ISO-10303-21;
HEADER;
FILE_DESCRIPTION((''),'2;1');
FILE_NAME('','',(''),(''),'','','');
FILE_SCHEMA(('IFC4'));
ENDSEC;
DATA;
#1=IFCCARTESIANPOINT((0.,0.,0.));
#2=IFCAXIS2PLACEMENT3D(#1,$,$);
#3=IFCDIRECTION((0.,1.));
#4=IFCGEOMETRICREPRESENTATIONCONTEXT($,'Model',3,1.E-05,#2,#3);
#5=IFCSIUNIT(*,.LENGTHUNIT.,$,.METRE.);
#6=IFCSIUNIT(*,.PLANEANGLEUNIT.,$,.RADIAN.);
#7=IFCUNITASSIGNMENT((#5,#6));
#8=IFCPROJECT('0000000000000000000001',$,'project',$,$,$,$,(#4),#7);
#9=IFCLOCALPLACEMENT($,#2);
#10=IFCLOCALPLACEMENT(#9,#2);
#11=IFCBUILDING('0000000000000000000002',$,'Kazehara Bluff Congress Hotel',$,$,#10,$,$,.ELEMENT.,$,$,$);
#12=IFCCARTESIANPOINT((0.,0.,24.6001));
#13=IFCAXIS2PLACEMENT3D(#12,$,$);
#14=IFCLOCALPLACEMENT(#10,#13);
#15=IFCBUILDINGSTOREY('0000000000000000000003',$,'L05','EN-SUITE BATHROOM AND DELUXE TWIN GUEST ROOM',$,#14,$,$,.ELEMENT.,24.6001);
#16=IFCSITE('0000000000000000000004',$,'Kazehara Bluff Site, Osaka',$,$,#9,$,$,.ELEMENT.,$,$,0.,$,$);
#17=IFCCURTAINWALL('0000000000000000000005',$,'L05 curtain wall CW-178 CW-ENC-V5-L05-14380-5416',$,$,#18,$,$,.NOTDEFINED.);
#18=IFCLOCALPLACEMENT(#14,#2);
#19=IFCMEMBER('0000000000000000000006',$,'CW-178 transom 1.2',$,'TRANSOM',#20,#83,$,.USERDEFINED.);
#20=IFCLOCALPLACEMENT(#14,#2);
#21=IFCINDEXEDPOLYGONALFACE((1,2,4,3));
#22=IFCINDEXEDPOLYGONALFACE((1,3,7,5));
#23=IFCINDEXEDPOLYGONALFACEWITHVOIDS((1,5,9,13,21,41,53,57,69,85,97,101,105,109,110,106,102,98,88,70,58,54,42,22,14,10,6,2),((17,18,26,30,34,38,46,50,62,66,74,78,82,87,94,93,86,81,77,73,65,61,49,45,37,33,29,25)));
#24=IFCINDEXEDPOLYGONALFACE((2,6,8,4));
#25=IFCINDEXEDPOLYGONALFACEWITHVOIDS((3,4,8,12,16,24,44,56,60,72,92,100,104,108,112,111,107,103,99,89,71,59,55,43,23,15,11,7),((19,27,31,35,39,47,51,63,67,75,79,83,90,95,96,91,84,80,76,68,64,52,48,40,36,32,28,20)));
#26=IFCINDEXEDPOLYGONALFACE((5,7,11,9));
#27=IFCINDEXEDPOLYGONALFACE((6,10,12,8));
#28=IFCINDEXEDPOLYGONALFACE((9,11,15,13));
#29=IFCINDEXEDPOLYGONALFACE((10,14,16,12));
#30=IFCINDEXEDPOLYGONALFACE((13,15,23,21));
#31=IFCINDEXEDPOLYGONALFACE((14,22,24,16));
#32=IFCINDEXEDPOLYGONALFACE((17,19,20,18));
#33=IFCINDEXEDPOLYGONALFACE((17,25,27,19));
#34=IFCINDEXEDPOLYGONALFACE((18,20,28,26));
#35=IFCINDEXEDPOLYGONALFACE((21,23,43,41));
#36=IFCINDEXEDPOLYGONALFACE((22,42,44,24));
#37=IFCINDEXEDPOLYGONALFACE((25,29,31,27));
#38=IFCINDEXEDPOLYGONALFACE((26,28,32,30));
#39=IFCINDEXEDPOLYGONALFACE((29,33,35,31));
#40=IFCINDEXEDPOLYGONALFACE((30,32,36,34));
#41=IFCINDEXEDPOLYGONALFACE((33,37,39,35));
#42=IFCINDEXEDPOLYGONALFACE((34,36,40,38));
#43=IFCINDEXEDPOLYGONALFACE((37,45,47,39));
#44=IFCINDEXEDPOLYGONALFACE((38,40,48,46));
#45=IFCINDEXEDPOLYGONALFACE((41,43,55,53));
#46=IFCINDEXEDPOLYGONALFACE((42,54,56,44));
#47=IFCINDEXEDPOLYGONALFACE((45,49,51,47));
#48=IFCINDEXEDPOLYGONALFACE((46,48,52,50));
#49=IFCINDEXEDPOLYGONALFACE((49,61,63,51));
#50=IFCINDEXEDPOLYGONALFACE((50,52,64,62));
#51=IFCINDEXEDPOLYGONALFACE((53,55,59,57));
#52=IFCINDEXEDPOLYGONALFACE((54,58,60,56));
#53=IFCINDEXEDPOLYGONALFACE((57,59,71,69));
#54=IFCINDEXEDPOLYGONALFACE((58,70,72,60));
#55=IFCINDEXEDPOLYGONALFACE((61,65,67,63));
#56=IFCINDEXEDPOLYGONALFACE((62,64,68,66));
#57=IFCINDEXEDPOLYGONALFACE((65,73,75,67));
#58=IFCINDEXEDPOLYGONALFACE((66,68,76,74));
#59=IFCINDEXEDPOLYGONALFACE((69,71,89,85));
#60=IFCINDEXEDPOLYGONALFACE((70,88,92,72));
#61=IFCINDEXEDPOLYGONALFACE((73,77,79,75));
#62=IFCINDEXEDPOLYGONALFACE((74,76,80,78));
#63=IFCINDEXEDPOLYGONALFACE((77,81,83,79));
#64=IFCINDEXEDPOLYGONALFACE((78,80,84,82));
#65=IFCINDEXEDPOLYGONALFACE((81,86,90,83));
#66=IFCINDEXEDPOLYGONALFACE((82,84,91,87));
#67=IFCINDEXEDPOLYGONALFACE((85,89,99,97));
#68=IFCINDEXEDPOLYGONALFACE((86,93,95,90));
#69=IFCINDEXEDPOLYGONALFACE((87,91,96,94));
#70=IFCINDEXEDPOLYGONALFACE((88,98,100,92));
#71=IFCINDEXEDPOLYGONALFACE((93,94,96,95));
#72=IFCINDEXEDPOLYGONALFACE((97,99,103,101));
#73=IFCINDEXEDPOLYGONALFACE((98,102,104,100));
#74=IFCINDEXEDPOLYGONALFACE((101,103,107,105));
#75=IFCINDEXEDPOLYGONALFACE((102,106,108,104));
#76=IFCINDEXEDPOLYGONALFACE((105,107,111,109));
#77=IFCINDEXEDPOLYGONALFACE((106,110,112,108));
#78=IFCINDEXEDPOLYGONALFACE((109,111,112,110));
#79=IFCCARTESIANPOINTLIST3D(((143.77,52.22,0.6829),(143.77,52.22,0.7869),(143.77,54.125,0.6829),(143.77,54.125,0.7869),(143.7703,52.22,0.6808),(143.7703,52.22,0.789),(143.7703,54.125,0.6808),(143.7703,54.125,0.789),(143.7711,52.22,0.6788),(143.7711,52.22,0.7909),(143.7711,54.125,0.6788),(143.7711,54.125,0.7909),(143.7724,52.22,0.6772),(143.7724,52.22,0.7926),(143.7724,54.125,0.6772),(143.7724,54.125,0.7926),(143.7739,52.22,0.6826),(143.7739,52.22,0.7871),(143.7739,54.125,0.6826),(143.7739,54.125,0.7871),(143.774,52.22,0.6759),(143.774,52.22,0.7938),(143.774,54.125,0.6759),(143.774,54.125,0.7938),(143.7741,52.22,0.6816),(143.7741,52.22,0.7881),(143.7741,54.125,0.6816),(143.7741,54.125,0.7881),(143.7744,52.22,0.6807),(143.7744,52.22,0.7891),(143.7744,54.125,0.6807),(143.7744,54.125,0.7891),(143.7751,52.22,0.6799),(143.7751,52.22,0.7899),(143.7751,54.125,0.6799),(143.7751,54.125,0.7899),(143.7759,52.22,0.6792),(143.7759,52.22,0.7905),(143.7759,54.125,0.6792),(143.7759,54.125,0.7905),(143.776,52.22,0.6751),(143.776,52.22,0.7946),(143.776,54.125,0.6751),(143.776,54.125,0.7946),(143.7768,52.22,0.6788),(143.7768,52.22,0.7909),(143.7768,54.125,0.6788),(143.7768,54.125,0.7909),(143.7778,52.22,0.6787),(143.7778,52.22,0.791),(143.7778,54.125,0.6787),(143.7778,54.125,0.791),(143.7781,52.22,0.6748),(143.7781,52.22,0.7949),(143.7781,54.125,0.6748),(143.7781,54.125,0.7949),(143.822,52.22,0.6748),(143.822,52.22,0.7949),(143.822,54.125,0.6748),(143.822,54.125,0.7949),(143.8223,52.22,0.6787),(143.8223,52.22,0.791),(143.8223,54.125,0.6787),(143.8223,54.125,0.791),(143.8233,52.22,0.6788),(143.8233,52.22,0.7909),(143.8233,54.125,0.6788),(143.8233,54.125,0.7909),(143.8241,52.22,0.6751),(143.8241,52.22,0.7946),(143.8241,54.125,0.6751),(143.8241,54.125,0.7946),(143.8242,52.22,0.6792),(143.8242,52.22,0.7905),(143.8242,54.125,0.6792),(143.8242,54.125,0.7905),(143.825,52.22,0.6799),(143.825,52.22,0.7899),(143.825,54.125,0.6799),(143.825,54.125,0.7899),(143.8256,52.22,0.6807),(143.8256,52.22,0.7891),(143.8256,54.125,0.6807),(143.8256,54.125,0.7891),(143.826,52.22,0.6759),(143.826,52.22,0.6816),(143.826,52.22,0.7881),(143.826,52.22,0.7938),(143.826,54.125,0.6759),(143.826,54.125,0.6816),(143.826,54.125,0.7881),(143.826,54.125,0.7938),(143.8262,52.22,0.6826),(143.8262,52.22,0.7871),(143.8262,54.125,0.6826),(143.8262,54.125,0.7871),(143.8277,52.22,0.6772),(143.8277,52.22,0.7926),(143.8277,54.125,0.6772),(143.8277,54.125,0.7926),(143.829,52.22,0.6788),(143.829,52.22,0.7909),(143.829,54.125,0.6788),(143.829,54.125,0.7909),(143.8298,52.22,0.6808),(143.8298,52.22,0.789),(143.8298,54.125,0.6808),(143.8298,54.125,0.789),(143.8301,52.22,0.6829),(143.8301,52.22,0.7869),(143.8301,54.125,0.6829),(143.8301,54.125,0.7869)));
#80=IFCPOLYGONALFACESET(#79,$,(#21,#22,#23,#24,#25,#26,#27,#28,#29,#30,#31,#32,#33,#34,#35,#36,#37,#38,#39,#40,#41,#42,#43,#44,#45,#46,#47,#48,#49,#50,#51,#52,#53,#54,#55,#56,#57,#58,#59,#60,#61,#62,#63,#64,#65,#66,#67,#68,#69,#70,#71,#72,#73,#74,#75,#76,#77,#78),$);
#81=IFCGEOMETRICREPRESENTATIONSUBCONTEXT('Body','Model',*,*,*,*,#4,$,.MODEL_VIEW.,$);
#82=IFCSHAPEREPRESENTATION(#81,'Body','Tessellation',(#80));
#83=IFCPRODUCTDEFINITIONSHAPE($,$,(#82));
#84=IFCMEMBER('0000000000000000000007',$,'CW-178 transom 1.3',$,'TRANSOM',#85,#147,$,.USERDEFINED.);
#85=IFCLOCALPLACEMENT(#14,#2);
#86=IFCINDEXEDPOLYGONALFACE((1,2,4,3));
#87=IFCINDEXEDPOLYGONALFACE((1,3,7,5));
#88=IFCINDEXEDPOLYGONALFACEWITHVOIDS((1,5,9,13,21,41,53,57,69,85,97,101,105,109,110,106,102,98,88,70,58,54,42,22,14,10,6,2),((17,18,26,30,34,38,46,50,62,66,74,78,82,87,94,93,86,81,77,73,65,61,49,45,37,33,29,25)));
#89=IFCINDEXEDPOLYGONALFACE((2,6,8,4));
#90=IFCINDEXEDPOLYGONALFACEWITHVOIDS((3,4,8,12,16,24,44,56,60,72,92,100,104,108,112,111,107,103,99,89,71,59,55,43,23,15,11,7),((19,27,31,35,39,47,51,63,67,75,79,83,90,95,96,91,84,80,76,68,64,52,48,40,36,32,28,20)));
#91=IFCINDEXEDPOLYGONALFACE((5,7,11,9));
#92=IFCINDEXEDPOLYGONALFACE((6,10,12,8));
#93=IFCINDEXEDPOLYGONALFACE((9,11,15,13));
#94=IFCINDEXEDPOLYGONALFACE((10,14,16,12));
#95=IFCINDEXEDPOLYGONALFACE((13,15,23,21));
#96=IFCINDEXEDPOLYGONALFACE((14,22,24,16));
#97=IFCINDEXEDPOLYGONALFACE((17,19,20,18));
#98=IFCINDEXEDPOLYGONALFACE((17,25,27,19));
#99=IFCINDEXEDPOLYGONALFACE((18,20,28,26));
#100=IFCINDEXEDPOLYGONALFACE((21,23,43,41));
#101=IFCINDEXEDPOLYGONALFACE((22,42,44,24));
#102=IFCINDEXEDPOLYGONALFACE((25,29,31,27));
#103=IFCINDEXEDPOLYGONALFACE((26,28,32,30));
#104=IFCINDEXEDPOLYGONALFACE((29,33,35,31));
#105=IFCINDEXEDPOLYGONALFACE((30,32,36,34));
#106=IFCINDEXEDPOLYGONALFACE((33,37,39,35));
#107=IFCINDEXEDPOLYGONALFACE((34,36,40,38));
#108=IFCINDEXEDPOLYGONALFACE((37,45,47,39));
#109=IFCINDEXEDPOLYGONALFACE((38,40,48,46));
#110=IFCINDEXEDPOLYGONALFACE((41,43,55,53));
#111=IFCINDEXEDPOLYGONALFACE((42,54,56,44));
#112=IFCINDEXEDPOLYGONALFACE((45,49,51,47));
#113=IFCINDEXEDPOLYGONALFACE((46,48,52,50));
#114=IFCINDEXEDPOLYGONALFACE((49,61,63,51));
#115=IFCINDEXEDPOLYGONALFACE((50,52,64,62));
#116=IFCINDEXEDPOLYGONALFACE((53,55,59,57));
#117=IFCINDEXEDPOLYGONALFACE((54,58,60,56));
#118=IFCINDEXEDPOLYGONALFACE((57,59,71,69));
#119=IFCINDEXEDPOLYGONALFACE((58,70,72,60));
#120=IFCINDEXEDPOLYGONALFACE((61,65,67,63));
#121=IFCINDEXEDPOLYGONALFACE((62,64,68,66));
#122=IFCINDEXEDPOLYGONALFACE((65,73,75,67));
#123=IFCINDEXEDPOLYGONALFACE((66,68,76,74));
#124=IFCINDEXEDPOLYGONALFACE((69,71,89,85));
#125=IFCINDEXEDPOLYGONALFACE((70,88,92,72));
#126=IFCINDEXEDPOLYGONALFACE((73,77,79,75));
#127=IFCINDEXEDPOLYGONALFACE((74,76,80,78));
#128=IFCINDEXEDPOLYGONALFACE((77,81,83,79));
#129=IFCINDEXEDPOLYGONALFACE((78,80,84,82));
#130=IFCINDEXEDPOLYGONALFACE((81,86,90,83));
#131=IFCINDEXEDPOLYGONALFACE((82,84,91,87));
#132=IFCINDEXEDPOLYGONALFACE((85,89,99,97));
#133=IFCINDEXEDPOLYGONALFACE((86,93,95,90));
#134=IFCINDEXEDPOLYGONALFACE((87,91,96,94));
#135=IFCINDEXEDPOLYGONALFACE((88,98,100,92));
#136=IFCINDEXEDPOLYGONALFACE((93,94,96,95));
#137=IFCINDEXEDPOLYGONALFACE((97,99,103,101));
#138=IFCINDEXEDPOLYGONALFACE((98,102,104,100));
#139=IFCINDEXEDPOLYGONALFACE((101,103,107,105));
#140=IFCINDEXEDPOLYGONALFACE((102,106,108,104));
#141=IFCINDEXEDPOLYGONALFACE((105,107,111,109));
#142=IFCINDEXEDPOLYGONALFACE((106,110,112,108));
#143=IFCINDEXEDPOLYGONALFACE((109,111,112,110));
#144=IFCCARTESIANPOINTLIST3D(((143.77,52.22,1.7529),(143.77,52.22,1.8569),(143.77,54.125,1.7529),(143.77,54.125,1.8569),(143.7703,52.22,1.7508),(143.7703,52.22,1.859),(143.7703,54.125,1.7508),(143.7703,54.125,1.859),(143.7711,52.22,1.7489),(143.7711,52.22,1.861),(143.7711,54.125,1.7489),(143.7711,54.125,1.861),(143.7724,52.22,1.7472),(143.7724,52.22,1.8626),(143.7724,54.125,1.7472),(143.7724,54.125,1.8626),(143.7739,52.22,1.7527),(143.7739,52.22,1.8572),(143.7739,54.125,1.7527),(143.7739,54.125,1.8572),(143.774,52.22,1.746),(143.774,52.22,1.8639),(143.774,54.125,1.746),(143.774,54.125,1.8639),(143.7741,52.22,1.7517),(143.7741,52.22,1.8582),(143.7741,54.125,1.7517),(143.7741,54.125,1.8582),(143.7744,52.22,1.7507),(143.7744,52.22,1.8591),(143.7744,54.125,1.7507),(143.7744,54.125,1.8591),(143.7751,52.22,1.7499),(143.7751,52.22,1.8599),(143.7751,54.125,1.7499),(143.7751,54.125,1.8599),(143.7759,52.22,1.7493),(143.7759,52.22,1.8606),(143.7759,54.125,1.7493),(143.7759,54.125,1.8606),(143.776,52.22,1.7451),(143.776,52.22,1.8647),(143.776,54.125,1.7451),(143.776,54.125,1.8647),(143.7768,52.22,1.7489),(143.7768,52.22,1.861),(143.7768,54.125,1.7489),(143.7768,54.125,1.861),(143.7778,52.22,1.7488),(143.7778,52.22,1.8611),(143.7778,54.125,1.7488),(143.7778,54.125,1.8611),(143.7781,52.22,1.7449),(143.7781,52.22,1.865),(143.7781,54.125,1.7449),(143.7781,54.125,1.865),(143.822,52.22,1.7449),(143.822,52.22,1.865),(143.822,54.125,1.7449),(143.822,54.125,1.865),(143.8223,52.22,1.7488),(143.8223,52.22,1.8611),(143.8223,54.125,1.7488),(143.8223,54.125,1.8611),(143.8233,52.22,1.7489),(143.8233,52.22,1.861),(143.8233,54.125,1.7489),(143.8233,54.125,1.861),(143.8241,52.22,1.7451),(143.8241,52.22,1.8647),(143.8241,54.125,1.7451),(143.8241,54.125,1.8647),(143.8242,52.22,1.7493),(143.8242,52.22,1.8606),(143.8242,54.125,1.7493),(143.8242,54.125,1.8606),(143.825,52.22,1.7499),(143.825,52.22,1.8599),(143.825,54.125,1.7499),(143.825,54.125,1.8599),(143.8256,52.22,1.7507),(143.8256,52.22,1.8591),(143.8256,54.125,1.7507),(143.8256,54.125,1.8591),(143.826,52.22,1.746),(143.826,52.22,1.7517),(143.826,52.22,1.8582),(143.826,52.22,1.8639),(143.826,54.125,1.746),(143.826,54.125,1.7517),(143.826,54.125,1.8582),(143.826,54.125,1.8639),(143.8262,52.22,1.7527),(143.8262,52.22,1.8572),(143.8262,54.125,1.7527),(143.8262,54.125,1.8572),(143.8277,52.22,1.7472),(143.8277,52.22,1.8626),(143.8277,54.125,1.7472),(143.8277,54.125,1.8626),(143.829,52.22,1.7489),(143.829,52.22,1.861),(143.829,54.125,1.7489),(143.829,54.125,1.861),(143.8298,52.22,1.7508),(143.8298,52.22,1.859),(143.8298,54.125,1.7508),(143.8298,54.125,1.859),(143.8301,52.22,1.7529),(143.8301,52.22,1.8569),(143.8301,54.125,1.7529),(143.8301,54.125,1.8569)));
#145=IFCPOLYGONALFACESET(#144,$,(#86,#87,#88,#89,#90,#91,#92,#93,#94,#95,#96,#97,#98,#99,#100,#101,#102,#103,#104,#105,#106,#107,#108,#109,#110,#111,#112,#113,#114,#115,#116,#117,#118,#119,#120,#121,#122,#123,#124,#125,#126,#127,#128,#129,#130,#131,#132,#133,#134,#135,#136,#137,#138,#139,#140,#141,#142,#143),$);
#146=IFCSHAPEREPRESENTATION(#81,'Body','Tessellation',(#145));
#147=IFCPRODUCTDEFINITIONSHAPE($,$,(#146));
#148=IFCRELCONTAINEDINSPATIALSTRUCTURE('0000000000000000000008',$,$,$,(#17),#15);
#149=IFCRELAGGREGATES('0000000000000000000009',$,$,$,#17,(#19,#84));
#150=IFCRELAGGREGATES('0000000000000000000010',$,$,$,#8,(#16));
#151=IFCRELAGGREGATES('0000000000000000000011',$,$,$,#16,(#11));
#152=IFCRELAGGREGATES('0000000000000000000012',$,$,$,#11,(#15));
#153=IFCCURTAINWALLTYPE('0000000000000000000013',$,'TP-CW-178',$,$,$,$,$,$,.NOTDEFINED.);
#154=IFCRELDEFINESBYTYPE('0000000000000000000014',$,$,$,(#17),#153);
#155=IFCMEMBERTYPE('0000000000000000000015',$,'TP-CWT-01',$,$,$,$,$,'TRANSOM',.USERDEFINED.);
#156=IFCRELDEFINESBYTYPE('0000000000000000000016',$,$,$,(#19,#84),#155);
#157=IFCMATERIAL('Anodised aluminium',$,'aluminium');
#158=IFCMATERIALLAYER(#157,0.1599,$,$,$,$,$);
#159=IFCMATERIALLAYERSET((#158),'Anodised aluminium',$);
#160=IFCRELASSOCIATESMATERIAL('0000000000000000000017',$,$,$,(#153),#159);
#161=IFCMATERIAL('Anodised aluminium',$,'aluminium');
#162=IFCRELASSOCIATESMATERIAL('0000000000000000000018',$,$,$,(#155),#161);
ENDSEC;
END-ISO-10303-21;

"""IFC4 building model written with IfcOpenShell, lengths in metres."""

from ifc_helpers import new_model, si_unit, direction, frame, origin, origin_2d, place, context, subcontext, project, spatial, hollow_rectangle, extrude, material, layer, layer_set, material_profile, profile_set, type_object, element, aggregate, save


model = new_model("IFC4")

# Units and contexts
model_context = context("Model", 3, precision=1e-05, world=origin(), true_north=direction((0.0, 1.0)))
body_context = subcontext(model_context, "Body", "Model", "MODEL_VIEW")
ifc_project = project(units=[si_unit("LENGTHUNIT", "METRE"), si_unit("PLANEANGLEUNIT", "RADIAN")], contexts=[model_context])

# Site, building, storey
site_placement = place(None, origin())
site = spatial("IfcSite", under=ifc_project, at=site_placement, Name="Kazehara Bluff Site, Osaka", CompositionType="ELEMENT", RefElevation=0.0)
building_placement = place(site_placement, origin())
building = spatial("IfcBuilding", under=site, at=building_placement, Name="Kazehara Bluff Congress Hotel", CompositionType="ELEMENT")
storey_placement = place(building_placement, frame((0.0, 0.0, 24.6001)))
storey = spatial("IfcBuildingStorey", under=building, at=storey_placement, Name="L05", Description="EN-SUITE BATHROOM AND DELUXE TWIN GUEST ROOM", CompositionType="ELEMENT", Elevation=24.6001)

# Curtain wall, members
ifc_material_1 = material(Name="Anodised aluminium", Category="aluminium")
ifc_layer_1 = layer(ifc_material_1, 0.1599)
ifc_layer_set_1 = layer_set([ifc_layer_1], Name="Anodised aluminium")
curtain_wall_type_1 = type_object("IfcCurtainWallType", Name="TP-CW-178", PredefinedType="NOTDEFINED", material=ifc_layer_set_1)
curtain_wall_1_placement = place(storey_placement, origin())
curtain_wall_1 = element("IfcCurtainWall", 1, at=curtain_wall_1_placement, inside=storey, type_object=curtain_wall_type_1, Name="L05 curtain wall CW-178 CW-ENC-V5-L05-14380-5416", PredefinedType="NOTDEFINED")
ifc_material_2 = material(Name="Anodised aluminium", Category="aluminium")
ifc_material_profile_1 = material_profile(ifc_material_2, hollow_rectangle(XDim=0.0601, YDim=0.1201, WallThickness=0.0039, InnerFilletRadius=0.0039, OuterFilletRadius=0.0081, at=origin_2d()))
ifc_profile_set_1 = profile_set([ifc_material_profile_1], Name="Anodised aluminium")
member_type_1 = type_object("IfcMemberType", Name="TP-CWT-01", ElementType="TRANSOM", PredefinedType="USERDEFINED", material=ifc_profile_set_1)
member_1_placement = place(storey_placement, frame((143.8, 52.22, 0.7349), z_axis=(0.0, 1.0, 0.0), x_axis=(-1.0, 0.0, 0.0)))
member_1 = element("IfcMember", 2, at=member_1_placement, type_object=member_type_1, Name="CW-178 transom 1.2", ObjectType="TRANSOM", PredefinedType="USERDEFINED", context=body_context, shape_type="SweptSolid", body=[
    extrude(hollow_rectangle(XDim=0.0601, YDim=0.1201, WallThickness=0.0039, InnerFilletRadius=0.0039, OuterFilletRadius=0.0081, at=origin_2d()), origin(), (0.0, 0.0, 1.0), 1.905),
])
member_2_placement = place(storey_placement, frame((143.8, 52.22, 1.8049), z_axis=(0.0, 1.0, 0.0), x_axis=(-1.0, 0.0, 0.0)))
member_2 = element("IfcMember", 3, at=member_2_placement, type_object=member_type_1, Name="CW-178 transom 1.3", ObjectType="TRANSOM", PredefinedType="USERDEFINED", context=body_context, shape_type="SweptSolid", body=[
    extrude(hollow_rectangle(XDim=0.0601, YDim=0.1201, WallThickness=0.0039, InnerFilletRadius=0.0039, OuterFilletRadius=0.0081, at=origin_2d()), origin(), (0.0, 0.0, 1.0), 1.905),
])

aggregate(curtain_wall_1, [member_1, member_2])

save(model, "model.ifc")
